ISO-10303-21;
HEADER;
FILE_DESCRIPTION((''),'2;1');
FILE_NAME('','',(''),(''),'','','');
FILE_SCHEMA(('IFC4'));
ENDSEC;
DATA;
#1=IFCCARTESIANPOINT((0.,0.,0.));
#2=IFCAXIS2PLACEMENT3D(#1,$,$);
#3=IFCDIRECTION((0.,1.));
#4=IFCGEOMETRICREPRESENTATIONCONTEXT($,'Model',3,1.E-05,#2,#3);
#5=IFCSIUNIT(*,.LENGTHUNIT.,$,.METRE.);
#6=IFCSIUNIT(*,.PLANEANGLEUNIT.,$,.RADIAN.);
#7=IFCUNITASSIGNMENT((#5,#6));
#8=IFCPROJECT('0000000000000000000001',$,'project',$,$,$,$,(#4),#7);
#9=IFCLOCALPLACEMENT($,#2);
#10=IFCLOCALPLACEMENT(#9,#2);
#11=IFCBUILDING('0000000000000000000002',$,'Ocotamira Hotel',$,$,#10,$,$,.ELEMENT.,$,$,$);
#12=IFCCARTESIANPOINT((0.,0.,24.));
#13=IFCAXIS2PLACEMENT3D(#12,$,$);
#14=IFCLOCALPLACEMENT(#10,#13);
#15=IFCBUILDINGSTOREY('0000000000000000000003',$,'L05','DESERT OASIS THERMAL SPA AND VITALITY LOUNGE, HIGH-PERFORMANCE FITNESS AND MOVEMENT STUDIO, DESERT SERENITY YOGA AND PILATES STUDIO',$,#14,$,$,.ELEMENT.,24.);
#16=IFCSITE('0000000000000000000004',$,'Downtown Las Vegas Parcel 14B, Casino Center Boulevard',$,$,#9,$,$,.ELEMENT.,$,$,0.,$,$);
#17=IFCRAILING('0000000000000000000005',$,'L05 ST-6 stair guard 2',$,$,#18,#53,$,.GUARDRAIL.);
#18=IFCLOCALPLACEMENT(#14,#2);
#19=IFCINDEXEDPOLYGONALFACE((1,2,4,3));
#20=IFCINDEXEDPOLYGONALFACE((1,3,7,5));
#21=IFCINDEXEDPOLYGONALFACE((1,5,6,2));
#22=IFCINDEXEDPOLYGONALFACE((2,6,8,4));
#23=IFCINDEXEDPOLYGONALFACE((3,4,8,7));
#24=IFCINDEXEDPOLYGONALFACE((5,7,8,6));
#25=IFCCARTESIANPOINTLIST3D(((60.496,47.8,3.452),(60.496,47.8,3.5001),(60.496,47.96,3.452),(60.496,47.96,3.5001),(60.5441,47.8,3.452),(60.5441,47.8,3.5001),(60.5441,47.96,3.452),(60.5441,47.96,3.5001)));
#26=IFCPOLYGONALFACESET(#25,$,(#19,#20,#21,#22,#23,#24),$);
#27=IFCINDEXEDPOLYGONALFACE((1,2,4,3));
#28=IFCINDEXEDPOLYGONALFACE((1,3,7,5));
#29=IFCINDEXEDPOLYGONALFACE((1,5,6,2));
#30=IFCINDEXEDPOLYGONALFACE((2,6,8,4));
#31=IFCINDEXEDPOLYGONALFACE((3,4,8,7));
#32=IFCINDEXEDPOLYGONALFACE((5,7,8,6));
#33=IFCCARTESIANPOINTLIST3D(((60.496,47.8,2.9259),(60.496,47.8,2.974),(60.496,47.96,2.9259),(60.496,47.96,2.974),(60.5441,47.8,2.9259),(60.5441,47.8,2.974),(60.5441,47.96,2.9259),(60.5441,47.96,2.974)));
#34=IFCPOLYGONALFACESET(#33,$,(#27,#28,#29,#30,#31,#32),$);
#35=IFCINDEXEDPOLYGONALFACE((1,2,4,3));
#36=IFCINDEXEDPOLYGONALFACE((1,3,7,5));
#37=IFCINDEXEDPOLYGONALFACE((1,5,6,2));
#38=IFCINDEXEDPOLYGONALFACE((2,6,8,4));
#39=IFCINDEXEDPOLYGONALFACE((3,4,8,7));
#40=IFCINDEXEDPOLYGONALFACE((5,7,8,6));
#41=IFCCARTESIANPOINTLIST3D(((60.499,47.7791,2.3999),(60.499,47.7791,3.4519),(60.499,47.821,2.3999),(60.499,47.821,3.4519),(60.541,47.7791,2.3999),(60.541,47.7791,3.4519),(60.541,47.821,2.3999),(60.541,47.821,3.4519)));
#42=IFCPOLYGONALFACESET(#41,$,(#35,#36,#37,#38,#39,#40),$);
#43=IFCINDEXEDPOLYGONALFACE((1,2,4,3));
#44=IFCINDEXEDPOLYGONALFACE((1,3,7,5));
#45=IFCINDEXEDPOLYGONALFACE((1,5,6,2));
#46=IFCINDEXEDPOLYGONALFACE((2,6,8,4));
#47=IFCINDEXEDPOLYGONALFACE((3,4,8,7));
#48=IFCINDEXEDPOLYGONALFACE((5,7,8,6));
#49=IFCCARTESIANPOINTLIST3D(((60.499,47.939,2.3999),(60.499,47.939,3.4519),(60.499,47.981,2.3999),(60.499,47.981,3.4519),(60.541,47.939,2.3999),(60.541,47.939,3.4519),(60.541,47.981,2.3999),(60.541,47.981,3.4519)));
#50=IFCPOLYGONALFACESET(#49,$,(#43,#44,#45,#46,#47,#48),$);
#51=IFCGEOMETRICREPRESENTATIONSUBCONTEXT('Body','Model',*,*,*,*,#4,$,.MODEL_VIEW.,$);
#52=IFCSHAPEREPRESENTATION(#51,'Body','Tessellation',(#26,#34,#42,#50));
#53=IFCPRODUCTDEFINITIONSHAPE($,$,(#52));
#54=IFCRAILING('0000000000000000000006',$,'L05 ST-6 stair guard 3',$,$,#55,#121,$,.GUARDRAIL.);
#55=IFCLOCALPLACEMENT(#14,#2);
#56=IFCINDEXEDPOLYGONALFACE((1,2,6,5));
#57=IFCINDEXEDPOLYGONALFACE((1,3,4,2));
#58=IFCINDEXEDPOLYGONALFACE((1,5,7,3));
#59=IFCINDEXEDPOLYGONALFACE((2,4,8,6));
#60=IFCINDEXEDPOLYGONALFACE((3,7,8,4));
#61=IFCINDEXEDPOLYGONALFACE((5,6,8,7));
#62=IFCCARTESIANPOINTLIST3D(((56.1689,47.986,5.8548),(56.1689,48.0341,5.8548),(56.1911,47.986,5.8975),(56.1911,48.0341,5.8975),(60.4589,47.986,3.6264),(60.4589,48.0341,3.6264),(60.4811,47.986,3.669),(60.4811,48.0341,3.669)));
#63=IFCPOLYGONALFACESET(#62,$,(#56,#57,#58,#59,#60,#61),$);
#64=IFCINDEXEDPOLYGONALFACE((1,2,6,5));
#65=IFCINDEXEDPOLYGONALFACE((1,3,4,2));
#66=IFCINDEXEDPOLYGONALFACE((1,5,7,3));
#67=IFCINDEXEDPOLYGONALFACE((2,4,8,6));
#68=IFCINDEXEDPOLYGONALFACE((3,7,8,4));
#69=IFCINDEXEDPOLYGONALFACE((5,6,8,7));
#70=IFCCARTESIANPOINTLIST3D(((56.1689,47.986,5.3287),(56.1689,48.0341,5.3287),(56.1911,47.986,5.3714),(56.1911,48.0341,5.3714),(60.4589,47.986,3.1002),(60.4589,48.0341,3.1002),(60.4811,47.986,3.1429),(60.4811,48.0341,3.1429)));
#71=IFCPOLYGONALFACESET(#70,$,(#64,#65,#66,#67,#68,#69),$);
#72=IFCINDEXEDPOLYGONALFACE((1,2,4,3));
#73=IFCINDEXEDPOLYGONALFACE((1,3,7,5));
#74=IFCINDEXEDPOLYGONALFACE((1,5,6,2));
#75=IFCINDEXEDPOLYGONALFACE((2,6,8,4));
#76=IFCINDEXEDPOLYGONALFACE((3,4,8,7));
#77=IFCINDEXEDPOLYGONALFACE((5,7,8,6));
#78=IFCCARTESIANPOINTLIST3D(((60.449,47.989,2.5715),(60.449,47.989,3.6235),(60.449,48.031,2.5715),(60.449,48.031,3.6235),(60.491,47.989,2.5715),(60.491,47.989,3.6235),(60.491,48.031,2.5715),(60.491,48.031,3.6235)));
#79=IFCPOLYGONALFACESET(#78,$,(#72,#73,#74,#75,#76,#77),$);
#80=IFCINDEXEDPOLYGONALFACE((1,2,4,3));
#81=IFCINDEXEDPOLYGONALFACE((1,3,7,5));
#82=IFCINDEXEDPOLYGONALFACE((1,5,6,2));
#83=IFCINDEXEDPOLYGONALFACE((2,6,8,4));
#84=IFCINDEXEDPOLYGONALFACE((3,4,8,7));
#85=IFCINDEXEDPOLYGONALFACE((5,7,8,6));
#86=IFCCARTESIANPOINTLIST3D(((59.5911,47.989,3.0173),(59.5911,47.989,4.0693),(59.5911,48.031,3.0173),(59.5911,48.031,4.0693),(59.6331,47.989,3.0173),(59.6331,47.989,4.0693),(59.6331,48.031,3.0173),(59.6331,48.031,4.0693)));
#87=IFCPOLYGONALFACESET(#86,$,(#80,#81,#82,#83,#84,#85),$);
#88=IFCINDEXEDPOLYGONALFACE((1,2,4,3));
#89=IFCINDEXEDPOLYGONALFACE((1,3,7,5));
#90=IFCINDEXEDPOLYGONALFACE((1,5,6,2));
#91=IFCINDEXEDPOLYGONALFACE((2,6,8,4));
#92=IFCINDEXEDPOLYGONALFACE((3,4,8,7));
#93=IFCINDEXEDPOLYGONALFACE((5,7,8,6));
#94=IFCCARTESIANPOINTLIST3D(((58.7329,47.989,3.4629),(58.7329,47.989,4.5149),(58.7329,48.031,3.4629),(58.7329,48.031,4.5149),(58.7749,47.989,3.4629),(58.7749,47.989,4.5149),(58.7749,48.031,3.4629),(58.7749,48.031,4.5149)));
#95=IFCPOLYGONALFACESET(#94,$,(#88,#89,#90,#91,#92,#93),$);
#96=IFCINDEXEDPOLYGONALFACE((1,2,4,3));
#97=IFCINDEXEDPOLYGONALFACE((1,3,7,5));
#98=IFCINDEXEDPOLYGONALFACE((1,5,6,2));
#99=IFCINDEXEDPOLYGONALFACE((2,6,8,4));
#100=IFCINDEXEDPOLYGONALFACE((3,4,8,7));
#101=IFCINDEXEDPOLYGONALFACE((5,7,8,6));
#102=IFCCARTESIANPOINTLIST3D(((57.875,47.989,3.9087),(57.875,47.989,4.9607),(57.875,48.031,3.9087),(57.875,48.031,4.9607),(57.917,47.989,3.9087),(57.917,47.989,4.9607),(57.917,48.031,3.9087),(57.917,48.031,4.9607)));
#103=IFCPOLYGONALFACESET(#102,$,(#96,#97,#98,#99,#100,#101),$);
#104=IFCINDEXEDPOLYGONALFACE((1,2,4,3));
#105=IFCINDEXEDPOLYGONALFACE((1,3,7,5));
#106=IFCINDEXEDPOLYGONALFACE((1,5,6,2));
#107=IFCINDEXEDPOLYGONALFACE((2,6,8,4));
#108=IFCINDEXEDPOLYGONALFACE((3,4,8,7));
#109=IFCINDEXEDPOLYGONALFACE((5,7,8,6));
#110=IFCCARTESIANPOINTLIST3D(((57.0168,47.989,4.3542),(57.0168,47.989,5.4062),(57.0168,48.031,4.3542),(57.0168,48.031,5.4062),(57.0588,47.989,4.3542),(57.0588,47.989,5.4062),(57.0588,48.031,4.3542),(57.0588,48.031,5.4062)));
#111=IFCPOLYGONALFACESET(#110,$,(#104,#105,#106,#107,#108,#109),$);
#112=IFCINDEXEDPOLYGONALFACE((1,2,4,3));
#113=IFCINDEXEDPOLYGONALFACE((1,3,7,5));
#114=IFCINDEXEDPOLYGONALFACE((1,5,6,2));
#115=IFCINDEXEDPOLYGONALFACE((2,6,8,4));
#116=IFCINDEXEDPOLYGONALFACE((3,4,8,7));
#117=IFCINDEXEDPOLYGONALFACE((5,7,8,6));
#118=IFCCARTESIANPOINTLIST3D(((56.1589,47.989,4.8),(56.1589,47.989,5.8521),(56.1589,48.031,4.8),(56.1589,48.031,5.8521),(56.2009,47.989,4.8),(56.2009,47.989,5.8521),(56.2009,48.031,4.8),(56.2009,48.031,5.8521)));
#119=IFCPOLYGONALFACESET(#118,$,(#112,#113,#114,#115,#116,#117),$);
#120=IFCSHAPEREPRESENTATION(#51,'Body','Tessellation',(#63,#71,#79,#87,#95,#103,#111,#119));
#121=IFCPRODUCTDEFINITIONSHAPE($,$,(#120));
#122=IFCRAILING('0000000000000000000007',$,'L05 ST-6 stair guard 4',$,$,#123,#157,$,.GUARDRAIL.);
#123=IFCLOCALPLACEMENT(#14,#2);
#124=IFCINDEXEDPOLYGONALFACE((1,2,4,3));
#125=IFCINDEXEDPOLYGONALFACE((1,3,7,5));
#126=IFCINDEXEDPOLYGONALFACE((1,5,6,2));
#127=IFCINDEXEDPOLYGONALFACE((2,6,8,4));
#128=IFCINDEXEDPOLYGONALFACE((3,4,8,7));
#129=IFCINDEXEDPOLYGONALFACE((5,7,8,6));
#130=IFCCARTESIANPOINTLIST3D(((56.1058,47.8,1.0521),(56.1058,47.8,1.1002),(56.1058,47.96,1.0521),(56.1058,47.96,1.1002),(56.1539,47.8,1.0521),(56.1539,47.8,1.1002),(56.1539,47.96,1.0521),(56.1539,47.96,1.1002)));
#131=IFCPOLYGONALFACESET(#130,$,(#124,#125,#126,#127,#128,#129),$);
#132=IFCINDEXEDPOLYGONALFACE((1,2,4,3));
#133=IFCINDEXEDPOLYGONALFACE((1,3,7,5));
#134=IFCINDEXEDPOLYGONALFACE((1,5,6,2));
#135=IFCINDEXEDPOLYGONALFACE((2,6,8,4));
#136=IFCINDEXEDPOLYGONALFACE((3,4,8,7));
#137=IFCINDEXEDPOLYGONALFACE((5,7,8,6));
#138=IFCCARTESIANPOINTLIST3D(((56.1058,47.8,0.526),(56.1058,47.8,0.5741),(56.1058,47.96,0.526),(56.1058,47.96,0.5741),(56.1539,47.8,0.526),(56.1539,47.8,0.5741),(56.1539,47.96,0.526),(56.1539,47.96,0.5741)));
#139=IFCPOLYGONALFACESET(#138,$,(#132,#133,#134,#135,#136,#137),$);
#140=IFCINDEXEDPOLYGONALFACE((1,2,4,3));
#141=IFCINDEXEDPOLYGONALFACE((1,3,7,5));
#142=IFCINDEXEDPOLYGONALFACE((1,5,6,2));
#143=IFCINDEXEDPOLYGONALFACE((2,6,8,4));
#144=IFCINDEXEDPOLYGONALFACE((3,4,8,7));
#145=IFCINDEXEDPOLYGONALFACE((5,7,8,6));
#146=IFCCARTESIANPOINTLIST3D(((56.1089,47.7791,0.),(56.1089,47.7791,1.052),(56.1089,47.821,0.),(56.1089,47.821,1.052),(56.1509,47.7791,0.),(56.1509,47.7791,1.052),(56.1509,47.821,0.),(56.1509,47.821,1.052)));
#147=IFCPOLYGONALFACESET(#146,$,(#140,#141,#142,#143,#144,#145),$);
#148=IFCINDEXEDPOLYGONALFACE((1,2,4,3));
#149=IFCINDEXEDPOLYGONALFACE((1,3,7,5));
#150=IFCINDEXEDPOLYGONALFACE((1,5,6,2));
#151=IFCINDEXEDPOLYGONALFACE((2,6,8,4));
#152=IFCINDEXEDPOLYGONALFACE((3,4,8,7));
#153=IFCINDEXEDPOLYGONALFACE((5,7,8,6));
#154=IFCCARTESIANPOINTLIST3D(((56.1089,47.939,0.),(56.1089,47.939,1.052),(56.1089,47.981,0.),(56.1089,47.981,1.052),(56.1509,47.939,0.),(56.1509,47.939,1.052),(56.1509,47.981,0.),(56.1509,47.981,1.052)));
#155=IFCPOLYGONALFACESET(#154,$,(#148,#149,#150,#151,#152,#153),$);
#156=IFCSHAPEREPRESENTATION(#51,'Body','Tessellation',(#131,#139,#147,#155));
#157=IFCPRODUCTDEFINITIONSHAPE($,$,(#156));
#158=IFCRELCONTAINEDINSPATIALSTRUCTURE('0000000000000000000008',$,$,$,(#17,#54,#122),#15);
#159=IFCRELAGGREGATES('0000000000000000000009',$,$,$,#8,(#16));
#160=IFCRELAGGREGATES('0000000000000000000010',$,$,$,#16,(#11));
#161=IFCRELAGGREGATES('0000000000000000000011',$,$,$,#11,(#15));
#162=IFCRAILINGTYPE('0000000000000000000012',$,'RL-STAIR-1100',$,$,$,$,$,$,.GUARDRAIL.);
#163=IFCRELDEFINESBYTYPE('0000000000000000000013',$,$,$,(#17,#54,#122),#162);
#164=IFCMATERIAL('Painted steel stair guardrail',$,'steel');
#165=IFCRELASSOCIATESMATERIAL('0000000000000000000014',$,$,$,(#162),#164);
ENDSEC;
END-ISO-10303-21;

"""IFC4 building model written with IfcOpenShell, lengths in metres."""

from ifc_helpers import new_model, si_unit, direction, frame, origin, origin_2d, place, context, subcontext, project, spatial, rectangle, extrude, material, type_object, element, save


model = new_model("IFC4")

# Units and contexts
model_context = context("Model", 3, precision=1e-05, world=origin(), true_north=direction((0.0, 1.0)))
body_context = subcontext(model_context, "Body", "Model", "MODEL_VIEW")
ifc_project = project(units=[si_unit("LENGTHUNIT", "METRE"), si_unit("PLANEANGLEUNIT", "RADIAN")], contexts=[model_context])

# Site, building, storey
site_placement = place(None, origin())
site = spatial("IfcSite", under=ifc_project, at=site_placement, Name="Downtown Las Vegas Parcel 14B, Casino Center Boulevard", CompositionType="ELEMENT", RefElevation=0.0)
building_placement = place(site_placement, origin())
building = spatial("IfcBuilding", under=site, at=building_placement, Name="Ocotamira Hotel", CompositionType="ELEMENT")
storey_placement = place(building_placement, frame((0.0, 0.0, 24.0)))
storey = spatial("IfcBuildingStorey", under=building, at=storey_placement, Name="L05", Description="DESERT OASIS THERMAL SPA AND VITALITY LOUNGE, HIGH-PERFORMANCE FITNESS AND MOVEMENT STUDIO, DESERT SERENITY YOGA AND PILATES STUDIO", CompositionType="ELEMENT", Elevation=24.0)

# Railings
ifc_material_1 = material(Name="Painted steel stair guardrail", Category="steel")
railing_type_1 = type_object("IfcRailingType", Name="RL-STAIR-1100", PredefinedType="GUARDRAIL", material=ifc_material_1)
railing_1_placement = place(storey_placement, frame((60.52, 47.8, 2.3999)))
element("IfcRailing", 1, at=railing_1_placement, inside=storey, type_object=railing_type_1, Name="L05 ST-6 stair guard 2", PredefinedType="GUARDRAIL", context=body_context, shape_type="SweptSolid", body=[
    extrude(rectangle(XDim=0.0481, YDim=0.0481, at=origin_2d()), frame((0.0, 0.0, 1.0762), z_axis=(0.0, 1.0, 0.0), x_axis=(-1.0, 0.0, 0.0)), (0.0, 0.0, 1.0), 0.1599),
    extrude(rectangle(XDim=0.0481, YDim=0.0481, at=origin_2d()), frame((0.0, 0.0, 0.55), z_axis=(0.0, 1.0, 0.0), x_axis=(-1.0, 0.0, 0.0)), (0.0, 0.0, 1.0), 0.1599),
    extrude(rectangle(XDim=0.042, YDim=0.042, at=origin_2d()), origin(), (0.0, 0.0, 1.0), 1.052),
    extrude(rectangle(XDim=0.042, YDim=0.042, at=origin_2d()), frame((0.0, 0.1599, 0.0)), (0.0, 0.0, 1.0), 1.052),
])
railing_2_placement = place(storey_placement, frame((60.47, 48.01, 2.5715)))
element("IfcRailing", 2, at=railing_2_placement, inside=storey, type_object=railing_type_1, Name="L05 ST-6 stair guard 3", PredefinedType="GUARDRAIL", context=body_context, shape_type="SweptSolid", body=[
    extrude(rectangle(XDim=0.0481, YDim=0.0481, at=origin_2d()), frame((0.0, 0.0, 1.0762), z_axis=(-0.887412, 0.0, 0.460977), x_axis=(0.0, -1.0, 0.0)), (0.0, 0.0, 1.0), 4.8342),
    extrude(rectangle(XDim=0.0481, YDim=0.0481, at=origin_2d()), frame((0.0, 0.0, 0.55), z_axis=(-0.887412, 0.0, 0.460977), x_axis=(0.0, -1.0, 0.0)), (0.0, 0.0, 1.0), 4.8342),
    extrude(rectangle(XDim=0.042, YDim=0.042, at=origin_2d()), origin(), (0.0, 0.0, 1.0), 1.052),
    extrude(rectangle(XDim=0.042, YDim=0.042, at=origin_2d()), frame((-0.8579, 0.0, 0.4458)), (0.0, 0.0, 1.0), 1.052),
    extrude(rectangle(XDim=0.042, YDim=0.042, at=origin_2d()), frame((-1.7161, 0.0, 0.8914)), (0.0, 0.0, 1.0), 1.052),
    extrude(rectangle(XDim=0.042, YDim=0.042, at=origin_2d()), frame((-2.574, 0.0, 1.3372)), (0.0, 0.0, 1.0), 1.052),
    extrude(rectangle(XDim=0.042, YDim=0.042, at=origin_2d()), frame((-3.4321, 0.0, 1.7827)), (0.0, 0.0, 1.0), 1.052),
    extrude(rectangle(XDim=0.042, YDim=0.042, at=origin_2d()), frame((-4.29, 0.0, 2.2285)), (0.0, 0.0, 1.0), 1.052),
])
railing_3_placement = place(storey_placement, frame((56.1299, 47.8, 0.0)))
element("IfcRailing", 3, at=railing_3_placement, inside=storey, type_object=railing_type_1, Name="L05 ST-6 stair guard 4", PredefinedType="GUARDRAIL", context=body_context, shape_type="SweptSolid", body=[
    extrude(rectangle(XDim=0.0481, YDim=0.0481, at=origin_2d()), frame((0.0, 0.0, 1.0762), z_axis=(0.0, 1.0, 0.0), x_axis=(-1.0, 0.0, 0.0)), (0.0, 0.0, 1.0), 0.1599),
    extrude(rectangle(XDim=0.0481, YDim=0.0481, at=origin_2d()), frame((0.0, 0.0, 0.55), z_axis=(0.0, 1.0, 0.0), x_axis=(-1.0, 0.0, 0.0)), (0.0, 0.0, 1.0), 0.1599),
    extrude(rectangle(XDim=0.042, YDim=0.042, at=origin_2d()), origin(), (0.0, 0.0, 1.0), 1.052),
    extrude(rectangle(XDim=0.042, YDim=0.042, at=origin_2d()), frame((0.0, 0.1599, 0.0)), (0.0, 0.0, 1.0), 1.052),
])

save(model, "model.ifc")
